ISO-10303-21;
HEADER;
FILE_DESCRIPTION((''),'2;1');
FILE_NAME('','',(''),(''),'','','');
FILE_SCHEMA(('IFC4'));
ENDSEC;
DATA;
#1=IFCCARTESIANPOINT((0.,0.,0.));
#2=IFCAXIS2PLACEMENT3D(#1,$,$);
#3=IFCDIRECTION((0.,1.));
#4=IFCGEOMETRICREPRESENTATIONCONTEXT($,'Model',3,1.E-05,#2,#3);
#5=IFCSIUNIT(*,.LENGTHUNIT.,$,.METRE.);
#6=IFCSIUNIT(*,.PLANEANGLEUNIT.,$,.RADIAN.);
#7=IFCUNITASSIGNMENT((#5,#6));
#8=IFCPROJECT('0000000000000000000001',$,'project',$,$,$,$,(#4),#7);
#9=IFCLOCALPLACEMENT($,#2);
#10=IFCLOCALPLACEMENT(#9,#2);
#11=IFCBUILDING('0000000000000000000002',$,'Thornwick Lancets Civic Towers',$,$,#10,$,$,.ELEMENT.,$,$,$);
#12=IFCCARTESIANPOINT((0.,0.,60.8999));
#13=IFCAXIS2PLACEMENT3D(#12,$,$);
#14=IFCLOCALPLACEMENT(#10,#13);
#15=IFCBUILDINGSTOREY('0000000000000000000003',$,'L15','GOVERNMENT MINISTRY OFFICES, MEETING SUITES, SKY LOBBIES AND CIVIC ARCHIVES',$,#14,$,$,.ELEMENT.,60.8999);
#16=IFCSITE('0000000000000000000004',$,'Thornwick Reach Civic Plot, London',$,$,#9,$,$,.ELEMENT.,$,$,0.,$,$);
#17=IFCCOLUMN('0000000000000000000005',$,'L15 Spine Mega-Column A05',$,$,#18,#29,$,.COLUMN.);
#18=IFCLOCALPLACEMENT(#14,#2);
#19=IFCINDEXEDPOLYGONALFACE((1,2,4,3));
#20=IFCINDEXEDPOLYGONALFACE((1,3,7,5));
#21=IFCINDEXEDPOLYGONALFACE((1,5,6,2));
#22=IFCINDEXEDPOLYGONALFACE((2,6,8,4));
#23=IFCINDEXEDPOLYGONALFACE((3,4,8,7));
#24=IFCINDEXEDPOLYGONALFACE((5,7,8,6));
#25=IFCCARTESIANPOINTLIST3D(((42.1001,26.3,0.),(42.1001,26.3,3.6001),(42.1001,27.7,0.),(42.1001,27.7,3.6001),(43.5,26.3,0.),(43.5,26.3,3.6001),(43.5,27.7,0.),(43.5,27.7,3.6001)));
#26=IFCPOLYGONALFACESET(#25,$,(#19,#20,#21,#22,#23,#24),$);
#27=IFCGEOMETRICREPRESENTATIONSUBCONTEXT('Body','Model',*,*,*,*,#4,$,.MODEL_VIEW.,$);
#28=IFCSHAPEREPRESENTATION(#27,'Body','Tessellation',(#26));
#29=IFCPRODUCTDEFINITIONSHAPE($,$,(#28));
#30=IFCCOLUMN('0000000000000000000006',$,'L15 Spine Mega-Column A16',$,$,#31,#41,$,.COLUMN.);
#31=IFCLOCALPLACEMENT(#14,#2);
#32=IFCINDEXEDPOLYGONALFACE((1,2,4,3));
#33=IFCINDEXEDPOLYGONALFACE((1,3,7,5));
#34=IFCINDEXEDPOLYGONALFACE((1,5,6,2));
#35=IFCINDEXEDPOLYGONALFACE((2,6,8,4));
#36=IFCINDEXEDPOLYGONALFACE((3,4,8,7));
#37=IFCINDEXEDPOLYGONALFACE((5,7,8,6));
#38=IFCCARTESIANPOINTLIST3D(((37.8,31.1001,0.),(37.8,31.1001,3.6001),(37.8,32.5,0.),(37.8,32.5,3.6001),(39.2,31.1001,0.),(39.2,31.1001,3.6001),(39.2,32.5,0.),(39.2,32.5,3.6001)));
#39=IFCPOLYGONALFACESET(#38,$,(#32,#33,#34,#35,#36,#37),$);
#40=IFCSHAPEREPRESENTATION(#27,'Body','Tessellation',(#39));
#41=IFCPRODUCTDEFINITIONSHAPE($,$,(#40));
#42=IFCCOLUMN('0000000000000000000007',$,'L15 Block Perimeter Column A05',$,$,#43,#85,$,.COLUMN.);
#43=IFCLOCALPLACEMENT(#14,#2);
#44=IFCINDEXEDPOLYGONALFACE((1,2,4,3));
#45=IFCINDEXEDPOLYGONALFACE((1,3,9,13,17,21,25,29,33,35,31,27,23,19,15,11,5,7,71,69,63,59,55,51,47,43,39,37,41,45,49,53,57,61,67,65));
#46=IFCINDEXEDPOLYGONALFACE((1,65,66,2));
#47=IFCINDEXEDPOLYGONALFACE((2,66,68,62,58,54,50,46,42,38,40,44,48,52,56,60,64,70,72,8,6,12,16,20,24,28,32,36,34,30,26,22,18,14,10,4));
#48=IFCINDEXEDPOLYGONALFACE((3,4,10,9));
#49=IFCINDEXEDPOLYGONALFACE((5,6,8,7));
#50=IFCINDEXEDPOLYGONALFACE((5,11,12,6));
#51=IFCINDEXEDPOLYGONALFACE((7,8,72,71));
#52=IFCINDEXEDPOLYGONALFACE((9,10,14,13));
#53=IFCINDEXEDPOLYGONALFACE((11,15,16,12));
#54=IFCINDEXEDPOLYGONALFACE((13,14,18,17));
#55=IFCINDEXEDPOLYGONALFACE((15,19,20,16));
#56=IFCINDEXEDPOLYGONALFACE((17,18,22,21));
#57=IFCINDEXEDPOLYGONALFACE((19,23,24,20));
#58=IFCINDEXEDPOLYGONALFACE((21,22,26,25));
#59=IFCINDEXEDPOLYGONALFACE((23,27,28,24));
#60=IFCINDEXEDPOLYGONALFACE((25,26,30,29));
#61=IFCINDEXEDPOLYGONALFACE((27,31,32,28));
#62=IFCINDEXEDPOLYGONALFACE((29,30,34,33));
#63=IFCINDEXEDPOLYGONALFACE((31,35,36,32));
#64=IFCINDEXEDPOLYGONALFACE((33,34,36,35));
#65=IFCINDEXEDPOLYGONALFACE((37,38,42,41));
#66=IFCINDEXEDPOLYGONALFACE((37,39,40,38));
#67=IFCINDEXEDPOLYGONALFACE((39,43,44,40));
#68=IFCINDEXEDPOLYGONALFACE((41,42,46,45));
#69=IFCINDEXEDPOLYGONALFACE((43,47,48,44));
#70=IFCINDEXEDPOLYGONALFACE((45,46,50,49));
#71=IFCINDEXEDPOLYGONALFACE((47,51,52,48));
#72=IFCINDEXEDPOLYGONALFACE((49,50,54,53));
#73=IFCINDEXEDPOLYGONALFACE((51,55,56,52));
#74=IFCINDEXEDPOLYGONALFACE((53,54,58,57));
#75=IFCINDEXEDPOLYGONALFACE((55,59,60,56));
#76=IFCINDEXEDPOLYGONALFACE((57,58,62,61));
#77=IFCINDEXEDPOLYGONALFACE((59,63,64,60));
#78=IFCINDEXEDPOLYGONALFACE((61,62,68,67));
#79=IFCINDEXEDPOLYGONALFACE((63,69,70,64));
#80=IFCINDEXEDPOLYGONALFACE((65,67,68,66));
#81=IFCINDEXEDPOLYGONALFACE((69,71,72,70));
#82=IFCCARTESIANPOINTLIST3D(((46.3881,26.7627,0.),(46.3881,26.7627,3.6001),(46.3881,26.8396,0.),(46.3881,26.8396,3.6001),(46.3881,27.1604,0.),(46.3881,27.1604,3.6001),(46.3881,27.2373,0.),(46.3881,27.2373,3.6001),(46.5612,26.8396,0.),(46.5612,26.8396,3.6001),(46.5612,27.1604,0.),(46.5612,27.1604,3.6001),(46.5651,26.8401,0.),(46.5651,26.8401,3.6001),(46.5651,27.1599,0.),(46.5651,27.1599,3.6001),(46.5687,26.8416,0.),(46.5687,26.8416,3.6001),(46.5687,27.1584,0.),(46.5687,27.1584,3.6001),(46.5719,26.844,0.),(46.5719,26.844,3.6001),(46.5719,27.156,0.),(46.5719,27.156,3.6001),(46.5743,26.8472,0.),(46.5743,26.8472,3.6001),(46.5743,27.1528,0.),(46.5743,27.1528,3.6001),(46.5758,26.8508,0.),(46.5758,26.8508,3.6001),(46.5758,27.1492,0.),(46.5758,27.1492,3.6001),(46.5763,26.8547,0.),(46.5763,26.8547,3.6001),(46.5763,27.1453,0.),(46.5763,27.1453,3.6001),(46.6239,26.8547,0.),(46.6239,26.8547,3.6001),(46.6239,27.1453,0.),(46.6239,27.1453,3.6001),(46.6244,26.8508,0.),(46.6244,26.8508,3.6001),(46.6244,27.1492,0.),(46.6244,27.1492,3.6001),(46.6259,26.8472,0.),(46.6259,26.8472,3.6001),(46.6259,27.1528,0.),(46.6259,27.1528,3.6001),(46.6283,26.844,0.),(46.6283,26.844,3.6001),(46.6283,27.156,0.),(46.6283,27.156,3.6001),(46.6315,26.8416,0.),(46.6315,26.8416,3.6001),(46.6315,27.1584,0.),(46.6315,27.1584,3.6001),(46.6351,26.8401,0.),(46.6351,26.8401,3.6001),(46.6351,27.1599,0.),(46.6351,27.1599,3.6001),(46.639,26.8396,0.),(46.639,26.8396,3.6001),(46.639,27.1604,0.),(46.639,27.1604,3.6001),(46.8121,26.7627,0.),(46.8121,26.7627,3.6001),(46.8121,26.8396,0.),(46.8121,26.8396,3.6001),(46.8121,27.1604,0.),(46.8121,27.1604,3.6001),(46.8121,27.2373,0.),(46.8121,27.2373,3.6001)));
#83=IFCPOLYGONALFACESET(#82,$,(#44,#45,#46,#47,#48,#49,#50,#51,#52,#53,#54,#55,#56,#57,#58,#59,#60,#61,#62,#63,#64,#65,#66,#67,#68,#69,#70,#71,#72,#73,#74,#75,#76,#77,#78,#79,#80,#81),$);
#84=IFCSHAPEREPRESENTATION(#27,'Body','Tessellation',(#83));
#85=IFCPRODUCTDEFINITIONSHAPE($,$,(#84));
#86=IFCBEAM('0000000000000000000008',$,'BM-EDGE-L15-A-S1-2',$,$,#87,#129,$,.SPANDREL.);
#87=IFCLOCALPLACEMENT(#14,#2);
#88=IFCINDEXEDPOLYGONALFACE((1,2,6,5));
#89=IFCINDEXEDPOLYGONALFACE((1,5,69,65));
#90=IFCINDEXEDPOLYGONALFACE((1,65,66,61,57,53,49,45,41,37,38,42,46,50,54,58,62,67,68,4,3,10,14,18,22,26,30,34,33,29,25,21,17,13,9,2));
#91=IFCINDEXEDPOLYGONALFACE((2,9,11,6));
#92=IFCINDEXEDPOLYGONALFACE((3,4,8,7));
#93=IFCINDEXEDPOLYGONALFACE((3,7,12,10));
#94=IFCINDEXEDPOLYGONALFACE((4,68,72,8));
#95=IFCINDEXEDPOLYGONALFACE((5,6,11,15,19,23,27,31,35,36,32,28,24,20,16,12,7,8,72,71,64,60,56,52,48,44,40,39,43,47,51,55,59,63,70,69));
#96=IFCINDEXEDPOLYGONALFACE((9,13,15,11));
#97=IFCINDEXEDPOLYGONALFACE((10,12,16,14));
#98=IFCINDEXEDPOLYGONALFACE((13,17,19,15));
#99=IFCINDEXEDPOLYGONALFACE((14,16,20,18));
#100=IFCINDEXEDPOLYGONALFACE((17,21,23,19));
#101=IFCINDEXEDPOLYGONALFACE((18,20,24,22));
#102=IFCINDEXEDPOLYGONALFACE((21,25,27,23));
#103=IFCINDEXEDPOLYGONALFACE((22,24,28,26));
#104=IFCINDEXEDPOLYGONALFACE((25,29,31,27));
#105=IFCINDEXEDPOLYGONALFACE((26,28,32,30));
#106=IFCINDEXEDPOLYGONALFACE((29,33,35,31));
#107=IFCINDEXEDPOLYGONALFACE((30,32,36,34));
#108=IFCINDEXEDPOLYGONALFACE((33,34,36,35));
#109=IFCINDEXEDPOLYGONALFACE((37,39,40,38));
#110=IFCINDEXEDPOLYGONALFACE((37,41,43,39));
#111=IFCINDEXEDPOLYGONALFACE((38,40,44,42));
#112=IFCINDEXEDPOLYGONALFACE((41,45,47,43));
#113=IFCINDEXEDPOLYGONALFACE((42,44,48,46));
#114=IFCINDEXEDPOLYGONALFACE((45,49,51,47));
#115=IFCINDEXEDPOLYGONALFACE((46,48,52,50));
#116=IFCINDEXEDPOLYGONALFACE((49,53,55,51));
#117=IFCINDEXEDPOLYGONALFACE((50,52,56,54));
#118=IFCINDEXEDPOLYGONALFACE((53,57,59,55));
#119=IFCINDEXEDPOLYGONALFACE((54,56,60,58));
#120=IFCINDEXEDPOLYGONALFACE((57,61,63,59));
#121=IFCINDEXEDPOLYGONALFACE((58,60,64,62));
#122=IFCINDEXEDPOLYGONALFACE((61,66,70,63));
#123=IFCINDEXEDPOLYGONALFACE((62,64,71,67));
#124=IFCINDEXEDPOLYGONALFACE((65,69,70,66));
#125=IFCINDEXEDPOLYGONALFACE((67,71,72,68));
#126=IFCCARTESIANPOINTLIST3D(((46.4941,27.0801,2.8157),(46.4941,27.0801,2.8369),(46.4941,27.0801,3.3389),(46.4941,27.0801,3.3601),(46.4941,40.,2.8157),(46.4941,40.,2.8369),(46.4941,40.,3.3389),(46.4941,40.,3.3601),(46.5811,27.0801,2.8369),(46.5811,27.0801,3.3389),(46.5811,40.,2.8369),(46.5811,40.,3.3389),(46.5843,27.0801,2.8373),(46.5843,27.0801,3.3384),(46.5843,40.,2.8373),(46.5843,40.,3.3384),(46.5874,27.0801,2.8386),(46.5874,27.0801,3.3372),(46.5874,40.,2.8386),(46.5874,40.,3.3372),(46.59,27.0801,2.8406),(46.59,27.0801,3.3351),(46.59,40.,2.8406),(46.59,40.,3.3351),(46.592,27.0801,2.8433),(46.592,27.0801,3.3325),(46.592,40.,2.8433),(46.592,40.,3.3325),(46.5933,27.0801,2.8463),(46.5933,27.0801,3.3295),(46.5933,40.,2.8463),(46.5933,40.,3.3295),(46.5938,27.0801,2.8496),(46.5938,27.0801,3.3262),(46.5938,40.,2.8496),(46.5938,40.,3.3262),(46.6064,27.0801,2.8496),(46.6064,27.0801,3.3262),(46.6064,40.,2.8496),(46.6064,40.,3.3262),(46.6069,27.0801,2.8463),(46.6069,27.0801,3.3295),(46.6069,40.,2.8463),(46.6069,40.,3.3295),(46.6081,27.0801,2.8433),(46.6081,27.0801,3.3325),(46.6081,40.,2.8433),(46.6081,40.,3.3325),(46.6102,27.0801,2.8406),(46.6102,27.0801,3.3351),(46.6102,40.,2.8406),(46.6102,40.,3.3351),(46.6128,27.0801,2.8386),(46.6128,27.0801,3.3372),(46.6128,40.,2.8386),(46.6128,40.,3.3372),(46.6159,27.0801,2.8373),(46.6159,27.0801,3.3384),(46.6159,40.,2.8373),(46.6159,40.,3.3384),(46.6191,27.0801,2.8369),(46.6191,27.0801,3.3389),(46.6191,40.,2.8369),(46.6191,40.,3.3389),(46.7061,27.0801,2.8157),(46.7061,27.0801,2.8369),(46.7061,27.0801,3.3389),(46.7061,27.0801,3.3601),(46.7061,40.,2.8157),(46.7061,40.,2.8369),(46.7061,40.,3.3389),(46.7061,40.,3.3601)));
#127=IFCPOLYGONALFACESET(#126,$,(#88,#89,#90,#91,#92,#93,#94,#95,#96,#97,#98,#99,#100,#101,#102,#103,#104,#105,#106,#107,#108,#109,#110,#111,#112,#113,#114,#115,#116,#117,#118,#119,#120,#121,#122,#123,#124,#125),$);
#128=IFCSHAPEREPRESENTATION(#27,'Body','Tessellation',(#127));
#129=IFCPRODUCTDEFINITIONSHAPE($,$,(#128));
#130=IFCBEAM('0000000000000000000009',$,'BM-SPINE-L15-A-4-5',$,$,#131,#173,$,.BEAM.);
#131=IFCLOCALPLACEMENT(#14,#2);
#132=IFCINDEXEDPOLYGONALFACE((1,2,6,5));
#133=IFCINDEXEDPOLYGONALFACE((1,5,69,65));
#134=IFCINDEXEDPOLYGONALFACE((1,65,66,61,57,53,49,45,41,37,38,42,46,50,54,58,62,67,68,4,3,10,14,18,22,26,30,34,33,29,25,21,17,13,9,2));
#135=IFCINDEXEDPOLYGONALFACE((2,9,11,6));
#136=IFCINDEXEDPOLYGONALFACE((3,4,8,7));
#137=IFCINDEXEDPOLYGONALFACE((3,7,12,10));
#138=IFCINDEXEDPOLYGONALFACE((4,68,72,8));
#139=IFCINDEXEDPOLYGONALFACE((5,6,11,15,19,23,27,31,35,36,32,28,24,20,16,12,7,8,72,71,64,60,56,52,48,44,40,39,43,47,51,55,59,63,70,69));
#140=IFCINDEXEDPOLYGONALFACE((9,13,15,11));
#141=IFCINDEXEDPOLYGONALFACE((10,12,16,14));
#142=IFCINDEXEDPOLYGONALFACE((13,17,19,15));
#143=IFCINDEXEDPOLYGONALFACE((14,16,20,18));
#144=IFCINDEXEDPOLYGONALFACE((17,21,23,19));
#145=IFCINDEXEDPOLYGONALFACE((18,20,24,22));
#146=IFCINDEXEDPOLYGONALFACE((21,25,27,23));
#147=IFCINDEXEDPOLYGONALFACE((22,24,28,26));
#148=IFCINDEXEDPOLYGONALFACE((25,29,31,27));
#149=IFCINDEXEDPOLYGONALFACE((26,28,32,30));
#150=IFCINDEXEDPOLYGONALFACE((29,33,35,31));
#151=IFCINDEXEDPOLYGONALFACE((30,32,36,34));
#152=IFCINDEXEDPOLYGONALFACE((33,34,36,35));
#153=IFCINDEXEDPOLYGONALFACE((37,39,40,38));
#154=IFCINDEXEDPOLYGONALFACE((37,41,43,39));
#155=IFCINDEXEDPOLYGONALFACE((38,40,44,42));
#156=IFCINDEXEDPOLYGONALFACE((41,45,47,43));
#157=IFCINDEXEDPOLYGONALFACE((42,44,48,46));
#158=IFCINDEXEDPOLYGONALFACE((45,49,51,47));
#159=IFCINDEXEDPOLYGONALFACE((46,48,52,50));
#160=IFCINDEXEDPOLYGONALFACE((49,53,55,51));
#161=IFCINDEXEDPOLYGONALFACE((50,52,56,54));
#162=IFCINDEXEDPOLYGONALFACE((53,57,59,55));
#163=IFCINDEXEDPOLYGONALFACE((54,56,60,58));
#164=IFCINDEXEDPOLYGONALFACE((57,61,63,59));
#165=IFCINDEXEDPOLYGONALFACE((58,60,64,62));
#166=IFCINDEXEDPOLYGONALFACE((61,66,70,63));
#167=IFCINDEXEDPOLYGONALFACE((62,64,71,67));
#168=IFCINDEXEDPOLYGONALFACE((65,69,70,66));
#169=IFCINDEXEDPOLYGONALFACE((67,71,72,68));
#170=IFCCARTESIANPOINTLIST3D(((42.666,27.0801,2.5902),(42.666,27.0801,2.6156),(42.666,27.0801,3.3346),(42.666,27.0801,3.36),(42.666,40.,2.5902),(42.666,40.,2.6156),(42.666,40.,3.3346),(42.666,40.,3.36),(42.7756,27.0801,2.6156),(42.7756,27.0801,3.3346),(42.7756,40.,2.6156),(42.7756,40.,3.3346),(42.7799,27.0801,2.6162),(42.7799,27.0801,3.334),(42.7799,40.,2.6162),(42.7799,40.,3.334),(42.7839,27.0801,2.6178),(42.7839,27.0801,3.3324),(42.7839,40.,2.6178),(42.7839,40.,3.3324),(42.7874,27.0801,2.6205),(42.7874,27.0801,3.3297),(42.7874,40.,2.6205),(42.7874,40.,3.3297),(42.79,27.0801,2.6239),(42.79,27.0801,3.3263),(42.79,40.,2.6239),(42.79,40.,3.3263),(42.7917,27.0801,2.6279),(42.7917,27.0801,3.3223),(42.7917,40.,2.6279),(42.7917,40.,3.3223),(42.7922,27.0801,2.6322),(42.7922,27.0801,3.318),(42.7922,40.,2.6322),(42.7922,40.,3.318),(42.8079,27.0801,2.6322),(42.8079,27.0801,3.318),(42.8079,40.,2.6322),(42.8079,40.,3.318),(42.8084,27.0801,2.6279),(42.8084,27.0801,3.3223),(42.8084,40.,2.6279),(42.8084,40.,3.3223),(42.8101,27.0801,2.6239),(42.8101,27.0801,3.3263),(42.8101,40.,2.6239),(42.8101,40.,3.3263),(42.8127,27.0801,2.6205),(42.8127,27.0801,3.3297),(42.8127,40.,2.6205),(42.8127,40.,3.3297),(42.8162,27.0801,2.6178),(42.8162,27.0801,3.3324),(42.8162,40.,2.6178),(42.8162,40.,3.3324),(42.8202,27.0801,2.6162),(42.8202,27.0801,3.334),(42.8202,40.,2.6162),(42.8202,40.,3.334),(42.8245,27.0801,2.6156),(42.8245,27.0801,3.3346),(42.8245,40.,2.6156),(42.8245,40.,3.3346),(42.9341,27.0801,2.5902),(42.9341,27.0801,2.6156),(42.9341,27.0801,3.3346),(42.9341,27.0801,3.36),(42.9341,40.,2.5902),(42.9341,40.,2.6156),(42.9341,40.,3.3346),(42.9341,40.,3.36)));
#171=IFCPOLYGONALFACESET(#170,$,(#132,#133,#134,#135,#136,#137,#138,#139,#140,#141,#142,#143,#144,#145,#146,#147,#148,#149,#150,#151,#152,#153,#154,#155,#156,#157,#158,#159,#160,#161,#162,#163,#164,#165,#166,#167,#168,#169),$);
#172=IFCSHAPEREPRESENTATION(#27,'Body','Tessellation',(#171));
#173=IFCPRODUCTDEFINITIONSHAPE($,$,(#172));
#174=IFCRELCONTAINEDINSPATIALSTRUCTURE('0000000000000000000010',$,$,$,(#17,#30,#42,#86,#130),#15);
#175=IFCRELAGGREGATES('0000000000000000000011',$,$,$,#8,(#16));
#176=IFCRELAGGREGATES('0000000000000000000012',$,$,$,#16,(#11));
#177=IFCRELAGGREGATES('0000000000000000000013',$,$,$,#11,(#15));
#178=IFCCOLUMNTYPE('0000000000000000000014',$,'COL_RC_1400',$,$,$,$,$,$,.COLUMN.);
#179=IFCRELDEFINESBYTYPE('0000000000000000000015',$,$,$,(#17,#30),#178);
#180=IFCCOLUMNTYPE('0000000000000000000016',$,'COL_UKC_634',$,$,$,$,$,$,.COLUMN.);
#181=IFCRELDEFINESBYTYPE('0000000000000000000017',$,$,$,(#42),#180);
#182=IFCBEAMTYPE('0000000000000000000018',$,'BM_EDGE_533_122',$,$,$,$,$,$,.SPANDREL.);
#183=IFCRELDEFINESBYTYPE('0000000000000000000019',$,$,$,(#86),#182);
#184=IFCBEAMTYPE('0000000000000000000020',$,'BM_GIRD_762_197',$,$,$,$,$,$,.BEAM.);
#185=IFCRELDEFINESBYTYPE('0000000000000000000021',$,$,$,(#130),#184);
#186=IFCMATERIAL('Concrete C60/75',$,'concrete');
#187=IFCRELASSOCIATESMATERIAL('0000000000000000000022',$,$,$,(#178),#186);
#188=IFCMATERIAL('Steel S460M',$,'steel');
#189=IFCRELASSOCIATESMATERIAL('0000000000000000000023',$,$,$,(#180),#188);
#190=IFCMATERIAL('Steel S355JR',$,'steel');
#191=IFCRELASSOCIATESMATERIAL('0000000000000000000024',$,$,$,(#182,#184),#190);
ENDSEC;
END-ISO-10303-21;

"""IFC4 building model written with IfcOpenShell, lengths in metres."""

from ifc_helpers import new_model, si_unit, direction, frame, origin, origin_2d, place, context, subcontext, project, spatial, rectangle, i_section, extrude, material, material_profile, profile_set, type_object, element, save


model = new_model("IFC4")

# Units and contexts
model_context = context("Model", 3, precision=1e-05, world=origin(), true_north=direction((0.0, 1.0)))
body_context = subcontext(model_context, "Body", "Model", "MODEL_VIEW")
ifc_project = project(units=[si_unit("LENGTHUNIT", "METRE"), si_unit("PLANEANGLEUNIT", "RADIAN")], contexts=[model_context])

# Site, building, storey
site_placement = place(None, origin())
site = spatial("IfcSite", under=ifc_project, at=site_placement, Name="Thornwick Reach Civic Plot, London", CompositionType="ELEMENT", RefElevation=0.0)
building_placement = place(site_placement, origin())
building = spatial("IfcBuilding", under=site, at=building_placement, Name="Thornwick Lancets Civic Towers", CompositionType="ELEMENT")
storey_placement = place(building_placement, frame((0.0, 0.0, 60.8999)))
storey = spatial("IfcBuildingStorey", under=building, at=storey_placement, Name="L15", Description="GOVERNMENT MINISTRY OFFICES, MEETING SUITES, SKY LOBBIES AND CIVIC ARCHIVES", CompositionType="ELEMENT", Elevation=60.8999)

# Columns
ifc_material_1 = material(Name="Concrete C60/75", Category="concrete")
ifc_material_profile_1 = material_profile(ifc_material_1, rectangle(XDim=1.3999, YDim=1.3999, at=origin_2d()), Name="RC 1400x1400")
ifc_profile_set_1 = profile_set([ifc_material_profile_1], Name="Concrete C60/75")
column_type_1 = type_object("IfcColumnType", Name="COL_RC_1400", PredefinedType="COLUMN", material=ifc_profile_set_1)
for number, where, z_axis, x_axis, name in (
    (1, (42.8, 27.0, 0.0), (0.0, 0.0, 1.0), (1.0, 0.0, 0.0), "L15 Spine Mega-Column A05"),
    (2, (38.5, 31.8, 0.0), (0.0, 0.0, 1.0), (1.0, 0.0, 0.0), "L15 Spine Mega-Column A16"),
):
    element("IfcColumn", number, at=place(storey_placement, frame(where, z_axis=z_axis, x_axis=x_axis)), inside=storey, type_object=column_type_1, Name=name, PredefinedType="COLUMN", context=body_context, shape_type="SweptSolid", body=[
        extrude(rectangle(XDim=1.3999, YDim=1.3999, at=origin_2d()), origin(), (0.0, 0.0, 1.0), 3.6001),
    ])
ifc_material_2 = material(Name="Steel S460M", Category="steel")
ifc_material_profile_2 = material_profile(ifc_material_2, i_section(OverallWidth=0.4241, OverallDepth=0.4746, WebThickness=0.0476, FlangeThickness=0.0769, FilletRadius=0.0151, at=origin_2d()), Name="UKC 356x406x634")
ifc_profile_set_2 = profile_set([ifc_material_profile_2], Name="Steel S460M")
column_type_2 = type_object("IfcColumnType", Name="COL_UKC_634", PredefinedType="COLUMN", material=ifc_profile_set_2)
column_placement = place(storey_placement, frame((46.6001, 27.0, 0.0), z_axis=(0.0, 0.0, 1.0), x_axis=(1.0, 0.0, 0.0)))
element("IfcColumn", 3, at=column_placement, inside=storey, type_object=column_type_2, Name="L15 Block Perimeter Column A05", PredefinedType="COLUMN", context=body_context, shape_type="SweptSolid", body=[
    extrude(i_section(OverallWidth=0.4241, OverallDepth=0.4746, WebThickness=0.0476, FlangeThickness=0.0769, FilletRadius=0.0151, at=origin_2d()), origin(), (0.0, 0.0, 1.0), 3.6001),
])

# Beams
ifc_material_3 = material(Name="Steel S355JR", Category="steel")
ifc_material_profile_3 = material_profile(ifc_material_3, i_section(OverallWidth=0.2119, OverallDepth=0.5444, WebThickness=0.0127, FlangeThickness=0.0212, FilletRadius=0.0127, at=origin_2d()), Name="UKB 533x210x122")
ifc_profile_set_3 = profile_set([ifc_material_profile_3], Name="Steel S355JR")
beam_type_1 = type_object("IfcBeamType", Name="BM_EDGE_533_122", PredefinedType="SPANDREL", material=ifc_profile_set_3)
beam_1_placement = place(storey_placement, frame((46.6001, 27.0801, 3.0879), z_axis=(0.0, 1.0, 0.0), x_axis=(-1.0, 0.0, 0.0)))
element("IfcBeam", 4, at=beam_1_placement, inside=storey, type_object=beam_type_1, Name="BM-EDGE-L15-A-S1-2", PredefinedType="SPANDREL", context=body_context, shape_type="SweptSolid", body=[
    extrude(i_section(OverallWidth=0.2119, OverallDepth=0.5444, WebThickness=0.0127, FlangeThickness=0.0212, FilletRadius=0.0127, at=origin_2d()), origin(), (0.0, 0.0, 1.0), 12.9199),
])
ifc_material_profile_4 = material_profile(ifc_material_3, i_section(OverallWidth=0.2681, OverallDepth=0.7698, WebThickness=0.0156, FlangeThickness=0.0254, FilletRadius=0.0166, at=origin_2d()), Name="UKB 762x267x197")
ifc_profile_set_4 = profile_set([ifc_material_profile_4], Name="Steel S355JR")
beam_type_2 = type_object("IfcBeamType", Name="BM_GIRD_762_197", PredefinedType="BEAM", material=ifc_profile_set_4)
beam_2_placement = place(storey_placement, frame((42.8, 27.0801, 2.9751), z_axis=(0.0, 1.0, 0.0), x_axis=(-1.0, 0.0, 0.0)))
element("IfcBeam", 5, at=beam_2_placement, inside=storey, type_object=beam_type_2, Name="BM-SPINE-L15-A-4-5", PredefinedType="BEAM", context=body_context, shape_type="SweptSolid", body=[
    extrude(i_section(OverallWidth=0.2681, OverallDepth=0.7698, WebThickness=0.0156, FlangeThickness=0.0254, FilletRadius=0.0166, at=origin_2d()), origin(), (0.0, 0.0, 1.0), 12.9199),
])

save(model, "model.ifc")
